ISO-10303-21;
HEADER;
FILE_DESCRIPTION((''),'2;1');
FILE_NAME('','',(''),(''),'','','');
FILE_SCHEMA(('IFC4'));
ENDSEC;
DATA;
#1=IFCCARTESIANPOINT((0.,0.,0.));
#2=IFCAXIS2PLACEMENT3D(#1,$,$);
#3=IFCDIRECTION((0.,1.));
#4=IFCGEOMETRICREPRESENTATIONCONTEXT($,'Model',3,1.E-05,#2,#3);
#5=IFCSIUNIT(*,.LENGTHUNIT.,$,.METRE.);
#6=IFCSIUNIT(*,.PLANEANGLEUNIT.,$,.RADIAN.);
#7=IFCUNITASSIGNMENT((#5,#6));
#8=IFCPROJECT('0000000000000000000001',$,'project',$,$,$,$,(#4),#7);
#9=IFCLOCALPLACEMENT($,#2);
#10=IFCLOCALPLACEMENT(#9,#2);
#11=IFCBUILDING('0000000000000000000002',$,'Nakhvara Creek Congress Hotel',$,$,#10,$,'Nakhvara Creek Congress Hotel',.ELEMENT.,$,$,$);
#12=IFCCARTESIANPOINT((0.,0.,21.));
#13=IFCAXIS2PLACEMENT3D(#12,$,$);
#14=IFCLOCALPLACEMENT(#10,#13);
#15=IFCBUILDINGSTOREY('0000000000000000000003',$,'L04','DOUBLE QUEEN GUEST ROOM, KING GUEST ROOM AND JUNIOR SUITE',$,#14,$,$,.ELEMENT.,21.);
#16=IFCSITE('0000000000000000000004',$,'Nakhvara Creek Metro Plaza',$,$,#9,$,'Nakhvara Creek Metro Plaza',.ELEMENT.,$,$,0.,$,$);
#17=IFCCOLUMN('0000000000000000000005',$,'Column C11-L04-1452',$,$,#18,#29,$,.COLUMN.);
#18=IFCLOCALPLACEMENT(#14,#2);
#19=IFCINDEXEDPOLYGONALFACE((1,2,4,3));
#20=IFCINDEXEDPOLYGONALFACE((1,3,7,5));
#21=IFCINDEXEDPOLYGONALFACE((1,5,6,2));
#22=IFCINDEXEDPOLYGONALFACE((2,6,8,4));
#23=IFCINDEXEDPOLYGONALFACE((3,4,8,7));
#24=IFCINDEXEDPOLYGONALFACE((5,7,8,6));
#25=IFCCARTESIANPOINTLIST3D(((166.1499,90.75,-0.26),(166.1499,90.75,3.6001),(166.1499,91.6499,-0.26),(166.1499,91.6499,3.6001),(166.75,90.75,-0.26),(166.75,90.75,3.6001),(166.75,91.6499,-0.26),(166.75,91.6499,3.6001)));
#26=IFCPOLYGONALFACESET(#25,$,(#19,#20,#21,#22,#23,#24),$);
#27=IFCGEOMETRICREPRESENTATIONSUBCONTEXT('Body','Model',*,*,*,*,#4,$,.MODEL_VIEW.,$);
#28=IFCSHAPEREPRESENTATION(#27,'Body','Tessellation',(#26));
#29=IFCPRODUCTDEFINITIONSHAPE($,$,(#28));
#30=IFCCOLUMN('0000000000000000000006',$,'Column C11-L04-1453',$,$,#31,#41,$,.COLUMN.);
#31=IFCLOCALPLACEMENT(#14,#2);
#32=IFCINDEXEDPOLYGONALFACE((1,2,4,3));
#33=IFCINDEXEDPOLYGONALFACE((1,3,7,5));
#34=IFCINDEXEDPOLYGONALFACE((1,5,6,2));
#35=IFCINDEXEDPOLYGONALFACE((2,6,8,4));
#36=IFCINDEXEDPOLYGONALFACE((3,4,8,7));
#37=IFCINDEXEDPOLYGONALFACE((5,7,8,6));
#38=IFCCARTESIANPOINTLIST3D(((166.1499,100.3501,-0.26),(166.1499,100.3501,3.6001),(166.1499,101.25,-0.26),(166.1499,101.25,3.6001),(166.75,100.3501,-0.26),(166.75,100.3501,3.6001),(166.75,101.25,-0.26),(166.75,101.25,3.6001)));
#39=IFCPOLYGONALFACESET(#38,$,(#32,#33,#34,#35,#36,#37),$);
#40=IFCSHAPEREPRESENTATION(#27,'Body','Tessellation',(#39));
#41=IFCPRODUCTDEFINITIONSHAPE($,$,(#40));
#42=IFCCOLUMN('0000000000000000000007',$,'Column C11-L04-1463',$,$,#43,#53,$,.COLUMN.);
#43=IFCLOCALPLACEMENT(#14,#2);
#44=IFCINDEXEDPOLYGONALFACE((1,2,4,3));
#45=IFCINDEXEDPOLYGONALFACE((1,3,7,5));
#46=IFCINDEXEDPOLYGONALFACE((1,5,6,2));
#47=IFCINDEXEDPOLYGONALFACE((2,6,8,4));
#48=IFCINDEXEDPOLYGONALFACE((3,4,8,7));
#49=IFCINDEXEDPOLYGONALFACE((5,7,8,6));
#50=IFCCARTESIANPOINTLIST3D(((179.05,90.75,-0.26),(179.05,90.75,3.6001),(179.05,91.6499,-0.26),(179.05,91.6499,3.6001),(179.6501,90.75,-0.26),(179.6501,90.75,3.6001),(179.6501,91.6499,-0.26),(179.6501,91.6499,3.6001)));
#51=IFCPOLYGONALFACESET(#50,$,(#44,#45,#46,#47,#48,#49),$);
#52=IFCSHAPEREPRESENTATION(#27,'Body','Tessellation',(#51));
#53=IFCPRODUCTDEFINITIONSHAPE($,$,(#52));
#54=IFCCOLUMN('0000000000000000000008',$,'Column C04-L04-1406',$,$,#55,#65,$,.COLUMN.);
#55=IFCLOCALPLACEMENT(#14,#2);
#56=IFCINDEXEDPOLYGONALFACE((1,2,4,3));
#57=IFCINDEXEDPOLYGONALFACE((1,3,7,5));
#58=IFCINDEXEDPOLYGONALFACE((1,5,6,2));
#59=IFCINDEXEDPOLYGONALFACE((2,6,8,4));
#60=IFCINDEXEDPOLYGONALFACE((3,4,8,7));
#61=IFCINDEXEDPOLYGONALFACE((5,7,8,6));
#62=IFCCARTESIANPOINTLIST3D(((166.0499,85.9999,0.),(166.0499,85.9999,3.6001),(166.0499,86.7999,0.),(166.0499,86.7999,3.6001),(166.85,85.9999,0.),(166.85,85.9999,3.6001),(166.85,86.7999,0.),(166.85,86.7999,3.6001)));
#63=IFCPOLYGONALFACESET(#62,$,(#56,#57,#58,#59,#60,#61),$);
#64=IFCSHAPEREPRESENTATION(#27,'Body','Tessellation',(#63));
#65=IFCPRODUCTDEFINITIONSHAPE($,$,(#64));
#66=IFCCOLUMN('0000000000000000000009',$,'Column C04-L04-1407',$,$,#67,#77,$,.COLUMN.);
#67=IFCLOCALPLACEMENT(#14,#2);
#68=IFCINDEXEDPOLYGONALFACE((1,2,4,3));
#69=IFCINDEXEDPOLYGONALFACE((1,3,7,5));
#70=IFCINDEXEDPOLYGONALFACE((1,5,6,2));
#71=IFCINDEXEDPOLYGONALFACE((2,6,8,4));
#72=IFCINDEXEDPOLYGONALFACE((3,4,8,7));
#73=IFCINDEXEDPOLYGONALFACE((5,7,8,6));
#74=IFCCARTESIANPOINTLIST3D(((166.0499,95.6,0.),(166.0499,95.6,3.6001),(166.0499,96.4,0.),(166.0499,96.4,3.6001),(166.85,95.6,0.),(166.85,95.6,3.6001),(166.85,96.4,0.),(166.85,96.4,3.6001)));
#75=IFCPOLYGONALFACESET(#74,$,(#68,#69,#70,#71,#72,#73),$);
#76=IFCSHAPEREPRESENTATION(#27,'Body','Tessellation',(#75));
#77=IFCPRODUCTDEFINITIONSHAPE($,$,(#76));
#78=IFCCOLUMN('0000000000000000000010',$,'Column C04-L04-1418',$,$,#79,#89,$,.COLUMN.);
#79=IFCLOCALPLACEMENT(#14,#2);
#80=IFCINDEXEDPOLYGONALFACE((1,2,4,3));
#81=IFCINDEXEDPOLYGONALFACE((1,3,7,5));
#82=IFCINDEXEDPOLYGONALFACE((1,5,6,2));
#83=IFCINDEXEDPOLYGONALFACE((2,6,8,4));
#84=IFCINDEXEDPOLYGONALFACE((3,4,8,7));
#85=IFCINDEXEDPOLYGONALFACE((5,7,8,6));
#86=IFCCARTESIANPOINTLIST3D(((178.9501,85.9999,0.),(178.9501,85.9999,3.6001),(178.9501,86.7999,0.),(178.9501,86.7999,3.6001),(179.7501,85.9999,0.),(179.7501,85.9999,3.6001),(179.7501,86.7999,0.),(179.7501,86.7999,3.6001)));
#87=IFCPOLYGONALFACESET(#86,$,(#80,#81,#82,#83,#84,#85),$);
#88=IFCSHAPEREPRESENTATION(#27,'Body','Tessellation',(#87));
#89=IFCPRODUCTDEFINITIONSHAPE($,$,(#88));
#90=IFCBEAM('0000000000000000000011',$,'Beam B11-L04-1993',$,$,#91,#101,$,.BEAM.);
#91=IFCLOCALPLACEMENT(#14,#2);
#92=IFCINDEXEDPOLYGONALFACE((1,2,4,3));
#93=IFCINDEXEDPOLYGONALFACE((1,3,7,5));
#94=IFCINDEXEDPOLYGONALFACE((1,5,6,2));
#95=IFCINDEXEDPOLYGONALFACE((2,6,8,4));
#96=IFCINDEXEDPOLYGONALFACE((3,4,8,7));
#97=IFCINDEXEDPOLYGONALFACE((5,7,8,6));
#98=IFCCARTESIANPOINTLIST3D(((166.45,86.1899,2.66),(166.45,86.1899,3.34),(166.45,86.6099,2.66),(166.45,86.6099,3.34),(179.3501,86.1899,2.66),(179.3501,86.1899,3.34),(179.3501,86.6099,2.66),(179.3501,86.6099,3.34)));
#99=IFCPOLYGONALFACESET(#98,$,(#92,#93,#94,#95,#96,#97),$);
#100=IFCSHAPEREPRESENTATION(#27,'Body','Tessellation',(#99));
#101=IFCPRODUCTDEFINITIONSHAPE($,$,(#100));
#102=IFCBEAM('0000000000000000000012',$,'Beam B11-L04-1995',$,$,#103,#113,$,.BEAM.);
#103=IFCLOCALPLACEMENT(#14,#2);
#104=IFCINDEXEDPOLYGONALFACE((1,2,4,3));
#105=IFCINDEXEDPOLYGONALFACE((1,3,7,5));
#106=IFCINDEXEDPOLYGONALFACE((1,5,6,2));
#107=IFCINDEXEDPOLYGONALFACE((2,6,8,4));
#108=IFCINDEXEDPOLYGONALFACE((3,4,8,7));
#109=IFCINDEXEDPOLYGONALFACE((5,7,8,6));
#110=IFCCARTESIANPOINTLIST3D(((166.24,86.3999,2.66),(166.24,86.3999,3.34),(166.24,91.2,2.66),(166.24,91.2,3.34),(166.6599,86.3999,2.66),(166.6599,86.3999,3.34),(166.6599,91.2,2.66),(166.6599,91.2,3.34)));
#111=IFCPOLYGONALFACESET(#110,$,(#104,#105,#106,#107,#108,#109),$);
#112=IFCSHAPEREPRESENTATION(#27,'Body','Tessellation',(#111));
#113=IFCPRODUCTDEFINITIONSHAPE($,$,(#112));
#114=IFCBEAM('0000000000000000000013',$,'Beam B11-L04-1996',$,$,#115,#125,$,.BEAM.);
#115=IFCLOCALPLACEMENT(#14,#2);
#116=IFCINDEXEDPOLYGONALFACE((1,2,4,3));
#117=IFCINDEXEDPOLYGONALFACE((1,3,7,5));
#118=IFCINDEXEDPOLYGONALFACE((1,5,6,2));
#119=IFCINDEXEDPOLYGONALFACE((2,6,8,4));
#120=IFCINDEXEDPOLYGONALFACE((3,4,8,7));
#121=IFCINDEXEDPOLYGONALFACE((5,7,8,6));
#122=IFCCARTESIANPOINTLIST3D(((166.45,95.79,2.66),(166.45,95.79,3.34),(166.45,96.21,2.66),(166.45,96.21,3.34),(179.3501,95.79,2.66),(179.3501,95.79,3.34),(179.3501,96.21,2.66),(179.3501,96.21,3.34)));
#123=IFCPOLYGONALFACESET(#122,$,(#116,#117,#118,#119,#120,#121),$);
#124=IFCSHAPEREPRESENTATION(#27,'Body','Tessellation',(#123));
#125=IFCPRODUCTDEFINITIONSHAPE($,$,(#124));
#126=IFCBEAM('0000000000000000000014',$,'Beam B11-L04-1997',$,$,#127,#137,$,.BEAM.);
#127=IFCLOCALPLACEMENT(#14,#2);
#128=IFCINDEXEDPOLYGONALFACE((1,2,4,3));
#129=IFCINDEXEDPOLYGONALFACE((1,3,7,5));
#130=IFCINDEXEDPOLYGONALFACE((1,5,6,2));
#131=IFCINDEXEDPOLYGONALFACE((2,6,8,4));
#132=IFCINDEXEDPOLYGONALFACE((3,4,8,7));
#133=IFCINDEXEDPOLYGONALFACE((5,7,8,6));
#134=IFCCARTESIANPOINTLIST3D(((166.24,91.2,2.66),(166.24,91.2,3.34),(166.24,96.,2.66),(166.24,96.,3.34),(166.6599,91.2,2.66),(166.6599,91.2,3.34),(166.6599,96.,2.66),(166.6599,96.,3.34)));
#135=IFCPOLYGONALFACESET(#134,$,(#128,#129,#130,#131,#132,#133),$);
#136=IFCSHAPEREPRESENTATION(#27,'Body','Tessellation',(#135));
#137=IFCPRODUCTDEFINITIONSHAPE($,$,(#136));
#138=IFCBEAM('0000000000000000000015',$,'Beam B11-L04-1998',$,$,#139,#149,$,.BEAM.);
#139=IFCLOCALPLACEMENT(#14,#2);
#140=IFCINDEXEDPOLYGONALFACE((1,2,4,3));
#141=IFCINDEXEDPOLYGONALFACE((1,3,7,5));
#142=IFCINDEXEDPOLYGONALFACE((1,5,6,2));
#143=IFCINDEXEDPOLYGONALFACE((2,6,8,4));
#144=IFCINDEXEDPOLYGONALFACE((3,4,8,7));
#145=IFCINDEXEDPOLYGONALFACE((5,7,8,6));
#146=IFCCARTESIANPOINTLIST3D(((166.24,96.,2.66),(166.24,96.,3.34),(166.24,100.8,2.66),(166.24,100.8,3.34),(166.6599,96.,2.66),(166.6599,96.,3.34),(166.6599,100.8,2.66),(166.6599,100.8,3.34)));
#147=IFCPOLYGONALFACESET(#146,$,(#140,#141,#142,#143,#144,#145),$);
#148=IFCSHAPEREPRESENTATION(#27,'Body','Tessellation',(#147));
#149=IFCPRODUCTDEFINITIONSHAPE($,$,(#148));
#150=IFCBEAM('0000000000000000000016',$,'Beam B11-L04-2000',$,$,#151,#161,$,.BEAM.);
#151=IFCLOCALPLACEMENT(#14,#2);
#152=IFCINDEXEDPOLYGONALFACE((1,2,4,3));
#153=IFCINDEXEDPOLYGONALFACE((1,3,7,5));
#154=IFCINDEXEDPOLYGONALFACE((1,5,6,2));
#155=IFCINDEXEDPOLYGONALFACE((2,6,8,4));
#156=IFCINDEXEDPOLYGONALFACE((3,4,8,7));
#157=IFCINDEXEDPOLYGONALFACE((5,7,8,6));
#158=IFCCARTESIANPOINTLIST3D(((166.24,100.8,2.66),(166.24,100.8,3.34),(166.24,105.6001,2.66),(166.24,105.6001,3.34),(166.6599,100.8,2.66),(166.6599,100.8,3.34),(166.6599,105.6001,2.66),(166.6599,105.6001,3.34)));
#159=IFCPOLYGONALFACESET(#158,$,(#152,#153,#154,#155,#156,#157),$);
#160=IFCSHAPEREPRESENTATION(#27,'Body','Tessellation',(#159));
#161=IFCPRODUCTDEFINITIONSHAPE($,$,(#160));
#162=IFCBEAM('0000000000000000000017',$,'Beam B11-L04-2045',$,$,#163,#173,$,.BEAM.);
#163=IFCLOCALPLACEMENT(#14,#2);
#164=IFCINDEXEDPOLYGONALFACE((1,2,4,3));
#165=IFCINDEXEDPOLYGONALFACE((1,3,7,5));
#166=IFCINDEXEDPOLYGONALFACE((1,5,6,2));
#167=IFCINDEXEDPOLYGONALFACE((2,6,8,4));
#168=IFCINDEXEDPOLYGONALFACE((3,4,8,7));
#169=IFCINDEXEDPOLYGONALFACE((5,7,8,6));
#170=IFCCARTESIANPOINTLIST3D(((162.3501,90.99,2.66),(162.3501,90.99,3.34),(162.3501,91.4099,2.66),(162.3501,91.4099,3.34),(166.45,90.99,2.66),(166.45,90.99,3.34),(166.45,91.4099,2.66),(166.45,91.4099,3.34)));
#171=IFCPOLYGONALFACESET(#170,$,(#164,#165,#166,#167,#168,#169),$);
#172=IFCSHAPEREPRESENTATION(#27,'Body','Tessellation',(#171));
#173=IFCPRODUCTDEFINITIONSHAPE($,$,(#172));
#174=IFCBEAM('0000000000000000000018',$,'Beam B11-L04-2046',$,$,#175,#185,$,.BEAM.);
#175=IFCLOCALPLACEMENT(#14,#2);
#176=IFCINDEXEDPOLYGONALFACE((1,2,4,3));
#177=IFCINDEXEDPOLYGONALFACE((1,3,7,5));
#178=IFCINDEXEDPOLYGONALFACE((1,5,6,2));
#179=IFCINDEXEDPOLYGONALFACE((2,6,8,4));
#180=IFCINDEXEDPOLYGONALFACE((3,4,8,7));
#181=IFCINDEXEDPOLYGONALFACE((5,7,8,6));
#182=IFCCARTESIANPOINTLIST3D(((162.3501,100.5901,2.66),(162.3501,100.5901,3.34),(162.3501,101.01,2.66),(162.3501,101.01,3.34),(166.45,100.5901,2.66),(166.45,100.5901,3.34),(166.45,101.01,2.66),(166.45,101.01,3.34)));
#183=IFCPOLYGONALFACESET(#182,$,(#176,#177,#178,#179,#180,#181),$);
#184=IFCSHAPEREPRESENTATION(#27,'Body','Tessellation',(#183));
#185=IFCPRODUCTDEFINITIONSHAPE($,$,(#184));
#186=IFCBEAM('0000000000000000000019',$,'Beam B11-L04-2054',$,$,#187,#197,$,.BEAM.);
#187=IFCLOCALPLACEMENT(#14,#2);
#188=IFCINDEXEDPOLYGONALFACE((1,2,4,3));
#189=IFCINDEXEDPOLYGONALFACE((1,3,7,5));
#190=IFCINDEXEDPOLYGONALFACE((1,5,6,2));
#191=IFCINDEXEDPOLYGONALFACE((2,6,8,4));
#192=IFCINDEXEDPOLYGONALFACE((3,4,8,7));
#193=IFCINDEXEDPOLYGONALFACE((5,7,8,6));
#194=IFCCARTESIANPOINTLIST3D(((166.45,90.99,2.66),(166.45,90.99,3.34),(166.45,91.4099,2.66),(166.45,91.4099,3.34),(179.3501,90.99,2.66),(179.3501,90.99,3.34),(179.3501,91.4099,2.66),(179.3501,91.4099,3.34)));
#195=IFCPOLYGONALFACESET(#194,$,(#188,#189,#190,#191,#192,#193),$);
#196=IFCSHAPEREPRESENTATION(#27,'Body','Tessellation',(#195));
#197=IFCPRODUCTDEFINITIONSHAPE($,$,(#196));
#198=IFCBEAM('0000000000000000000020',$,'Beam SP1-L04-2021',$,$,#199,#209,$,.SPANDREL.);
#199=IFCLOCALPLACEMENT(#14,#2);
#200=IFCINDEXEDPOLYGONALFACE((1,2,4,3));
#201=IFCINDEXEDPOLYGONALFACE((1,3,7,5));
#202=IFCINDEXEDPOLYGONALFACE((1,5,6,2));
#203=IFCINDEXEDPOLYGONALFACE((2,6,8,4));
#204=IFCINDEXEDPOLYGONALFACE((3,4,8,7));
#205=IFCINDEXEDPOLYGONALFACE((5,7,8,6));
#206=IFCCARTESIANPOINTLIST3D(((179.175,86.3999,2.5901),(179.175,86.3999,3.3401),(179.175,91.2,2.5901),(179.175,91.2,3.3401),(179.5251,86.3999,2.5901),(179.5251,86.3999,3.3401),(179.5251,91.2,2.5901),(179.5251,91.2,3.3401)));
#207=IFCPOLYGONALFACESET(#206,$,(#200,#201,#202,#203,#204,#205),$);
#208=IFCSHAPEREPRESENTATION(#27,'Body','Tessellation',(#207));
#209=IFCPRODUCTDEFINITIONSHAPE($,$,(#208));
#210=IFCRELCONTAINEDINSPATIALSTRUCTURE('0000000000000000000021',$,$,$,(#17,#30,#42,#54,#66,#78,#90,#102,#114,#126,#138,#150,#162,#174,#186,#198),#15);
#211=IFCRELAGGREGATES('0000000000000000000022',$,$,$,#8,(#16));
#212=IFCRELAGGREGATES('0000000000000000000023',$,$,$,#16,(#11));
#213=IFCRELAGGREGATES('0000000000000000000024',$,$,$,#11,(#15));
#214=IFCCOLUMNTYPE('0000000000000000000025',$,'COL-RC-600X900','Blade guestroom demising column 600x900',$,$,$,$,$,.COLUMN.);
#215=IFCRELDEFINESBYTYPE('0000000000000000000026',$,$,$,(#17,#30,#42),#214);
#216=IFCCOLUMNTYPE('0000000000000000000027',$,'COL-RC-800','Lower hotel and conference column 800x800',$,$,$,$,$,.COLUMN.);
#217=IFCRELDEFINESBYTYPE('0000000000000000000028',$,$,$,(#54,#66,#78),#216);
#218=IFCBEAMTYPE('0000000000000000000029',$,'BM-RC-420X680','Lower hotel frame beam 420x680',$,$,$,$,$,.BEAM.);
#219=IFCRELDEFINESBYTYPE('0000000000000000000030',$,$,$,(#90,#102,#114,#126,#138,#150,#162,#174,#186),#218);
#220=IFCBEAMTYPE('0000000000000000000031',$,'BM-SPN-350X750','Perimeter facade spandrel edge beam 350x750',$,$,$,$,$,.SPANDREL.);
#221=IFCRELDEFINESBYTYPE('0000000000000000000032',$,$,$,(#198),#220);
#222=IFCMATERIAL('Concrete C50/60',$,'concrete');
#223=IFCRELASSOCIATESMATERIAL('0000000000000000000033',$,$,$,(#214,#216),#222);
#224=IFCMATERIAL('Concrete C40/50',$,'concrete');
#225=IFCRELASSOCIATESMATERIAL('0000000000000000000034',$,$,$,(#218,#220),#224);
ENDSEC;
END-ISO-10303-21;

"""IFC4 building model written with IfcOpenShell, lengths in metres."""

from ifc_helpers import new_model, si_unit, direction, frame, origin, origin_2d, place, context, subcontext, project, spatial, rectangle, extrude, material, material_profile, profile_set, type_object, element, save


model = new_model("IFC4")

# Units and contexts
model_context = context("Model", 3, precision=1e-05, world=origin(), true_north=direction((0.0, 1.0)))
body_context = subcontext(model_context, "Body", "Model", "MODEL_VIEW")
ifc_project = project(units=[si_unit("LENGTHUNIT", "METRE"), si_unit("PLANEANGLEUNIT", "RADIAN")], contexts=[model_context])

# Site, building, storey
site_placement = place(None, origin())
site = spatial("IfcSite", under=ifc_project, at=site_placement, Name="Nakhvara Creek Metro Plaza", LongName="Nakhvara Creek Metro Plaza", CompositionType="ELEMENT", RefElevation=0.0)
building_placement = place(site_placement, origin())
building = spatial("IfcBuilding", under=site, at=building_placement, Name="Nakhvara Creek Congress Hotel", LongName="Nakhvara Creek Congress Hotel", CompositionType="ELEMENT")
storey_placement = place(building_placement, frame((0.0, 0.0, 21.0)))
storey = spatial("IfcBuildingStorey", under=building, at=storey_placement, Name="L04", Description="DOUBLE QUEEN GUEST ROOM, KING GUEST ROOM AND JUNIOR SUITE", CompositionType="ELEMENT", Elevation=21.0)

# Columns
ifc_material_1 = material(Name="Concrete C50/60", Category="concrete")
ifc_material_profile_1 = material_profile(ifc_material_1, rectangle(XDim=0.6001, YDim=0.8999, at=origin_2d()), Name="RC-COL 600x900", Category="LoadBearing")
ifc_profile_set_1 = profile_set([ifc_material_profile_1], Name="Concrete C50/60")
column_type_1 = type_object("IfcColumnType", Name="COL-RC-600X900", Description="Blade guestroom demising column 600x900", PredefinedType="COLUMN", material=ifc_profile_set_1)
for number, where, z_axis, x_axis, name in (
    (1, (166.45, 91.2, -0.26), (0.0, 0.0, 1.0), (1.0, 0.0, 0.0), "Column C11-L04-1452"),
    (2, (166.45, 100.8, -0.26), (0.0, 0.0, 1.0), (1.0, 0.0, 0.0), "Column C11-L04-1453"),
    (3, (179.3501, 91.2, -0.26), (0.0, 0.0, 1.0), (1.0, 0.0, 0.0), "Column C11-L04-1463"),
):
    element("IfcColumn", number, at=place(storey_placement, frame(where, z_axis=z_axis, x_axis=x_axis)), inside=storey, type_object=column_type_1, Name=name, PredefinedType="COLUMN", context=body_context, shape_type="SweptSolid", body=[
        extrude(rectangle(XDim=0.6001, YDim=0.8999, at=origin_2d()), origin(), (0.0, 0.0, 1.0), 3.8601),
    ])
ifc_material_profile_2 = material_profile(ifc_material_1, rectangle(XDim=0.8, YDim=0.8, at=origin_2d()), Name="RC-COL 800x800", Category="LoadBearing")
ifc_profile_set_2 = profile_set([ifc_material_profile_2], Name="Concrete C50/60")
column_type_2 = type_object("IfcColumnType", Name="COL-RC-800", Description="Lower hotel and conference column 800x800", PredefinedType="COLUMN", material=ifc_profile_set_2)
for number, where, z_axis, x_axis, name in (
    (4, (166.45, 86.3999, 0.0), (0.0, 0.0, 1.0), (1.0, 0.0, 0.0), "Column C04-L04-1406"),
    (5, (166.45, 96.0, 0.0), (0.0, 0.0, 1.0), (1.0, 0.0, 0.0), "Column C04-L04-1407"),
    (6, (179.3501, 86.3999, 0.0), (0.0, 0.0, 1.0), (1.0, 0.0, 0.0), "Column C04-L04-1418"),
):
    element("IfcColumn", number, at=place(storey_placement, frame(where, z_axis=z_axis, x_axis=x_axis)), inside=storey, type_object=column_type_2, Name=name, PredefinedType="COLUMN", context=body_context, shape_type="SweptSolid", body=[
        extrude(rectangle(XDim=0.8, YDim=0.8, at=origin_2d()), origin(), (0.0, 0.0, 1.0), 3.6001),
    ])

# Beams
ifc_material_2 = material(Name="Concrete C40/50", Category="concrete")
ifc_material_profile_3 = material_profile(ifc_material_2, rectangle(XDim=0.4199, YDim=0.6799, at=origin_2d()), Name="RC-BM 420x680", Category="LoadBearing")
ifc_profile_set_3 = profile_set([ifc_material_profile_3], Name="Concrete C40/50")
beam_type_1 = type_object("IfcBeamType", Name="BM-RC-420X680", Description="Lower hotel frame beam 420x680", PredefinedType="BEAM", material=ifc_profile_set_3)
beam_1_placement = place(storey_placement, frame((166.45, 86.3999, 3.0), z_axis=(1.0, 0.0, 0.0), x_axis=(0.0, 1.0, 0.0)))
element("IfcBeam", 7, at=beam_1_placement, inside=storey, type_object=beam_type_1, Name="Beam B11-L04-1993", PredefinedType="BEAM", context=body_context, shape_type="SweptSolid", body=[
    extrude(rectangle(XDim=0.4199, YDim=0.6799, at=origin_2d()), origin(), (0.0, 0.0, 1.0), 12.9001),
])
beam_2_placement = place(storey_placement, frame((166.45, 86.3999, 3.0), z_axis=(0.0, 1.0, 0.0), x_axis=(-1.0, 0.0, 0.0)))
element("IfcBeam", 8, at=beam_2_placement, inside=storey, type_object=beam_type_1, Name="Beam B11-L04-1995", PredefinedType="BEAM", context=body_context, shape_type="SweptSolid", body=[
    extrude(rectangle(XDim=0.4199, YDim=0.6799, at=origin_2d()), origin(), (0.0, 0.0, 1.0), 4.8),
])
beam_3_placement = place(storey_placement, frame((166.45, 96.0, 3.0), z_axis=(1.0, 0.0, 0.0), x_axis=(0.0, 1.0, 0.0)))
element("IfcBeam", 9, at=beam_3_placement, inside=storey, type_object=beam_type_1, Name="Beam B11-L04-1996", PredefinedType="BEAM", context=body_context, shape_type="SweptSolid", body=[
    extrude(rectangle(XDim=0.4199, YDim=0.6799, at=origin_2d()), origin(), (0.0, 0.0, 1.0), 12.9001),
])
for number, where, z_axis, x_axis, name in (
    (10, (166.45, 91.2, 3.0), (0.0, 1.0, 0.0), (-1.0, 0.0, 0.0), "Beam B11-L04-1997"),
    (11, (166.45, 96.0, 3.0), (0.0, 1.0, 0.0), (-1.0, 0.0, 0.0), "Beam B11-L04-1998"),
    (12, (166.45, 100.8, 3.0), (0.0, 1.0, 0.0), (-1.0, 0.0, 0.0), "Beam B11-L04-2000"),
):
    element("IfcBeam", number, at=place(storey_placement, frame(where, z_axis=z_axis, x_axis=x_axis)), inside=storey, type_object=beam_type_1, Name=name, PredefinedType="BEAM", context=body_context, shape_type="SweptSolid", body=[
        extrude(rectangle(XDim=0.4199, YDim=0.6799, at=origin_2d()), origin(), (0.0, 0.0, 1.0), 4.8),
    ])
for number, where, z_axis, x_axis, name in (
    (13, (162.3501, 91.2, 3.0), (1.0, 0.0, 0.0), (0.0, 1.0, 0.0), "Beam B11-L04-2045"),
    (14, (162.3501, 100.8, 3.0), (1.0, 0.0, 0.0), (0.0, 1.0, 0.0), "Beam B11-L04-2046"),
):
    element("IfcBeam", number, at=place(storey_placement, frame(where, z_axis=z_axis, x_axis=x_axis)), inside=storey, type_object=beam_type_1, Name=name, PredefinedType="BEAM", context=body_context, shape_type="SweptSolid", body=[
        extrude(rectangle(XDim=0.4199, YDim=0.6799, at=origin_2d()), origin(), (0.0, 0.0, 1.0), 4.0999),
    ])
beam_4_placement = place(storey_placement, frame((166.45, 91.2, 3.0), z_axis=(1.0, 0.0, 0.0), x_axis=(0.0, 1.0, 0.0)))
element("IfcBeam", 15, at=beam_4_placement, inside=storey, type_object=beam_type_1, Name="Beam B11-L04-2054", PredefinedType="BEAM", context=body_context, shape_type="SweptSolid", body=[
    extrude(rectangle(XDim=0.4199, YDim=0.6799, at=origin_2d()), origin(), (0.0, 0.0, 1.0), 12.9001),
])
ifc_material_profile_4 = material_profile(ifc_material_2, rectangle(XDim=0.3501, YDim=0.75, at=origin_2d()), Name="RC-SPANDREL 350x750", Category="LoadBearing")
ifc_profile_set_4 = profile_set([ifc_material_profile_4], Name="Concrete C40/50")
beam_type_2 = type_object("IfcBeamType", Name="BM-SPN-350X750", Description="Perimeter facade spandrel edge beam 350x750", PredefinedType="SPANDREL", material=ifc_profile_set_4)
beam_5_placement = place(storey_placement, frame((179.3501, 86.3999, 2.9651), z_axis=(0.0, 1.0, 0.0), x_axis=(-1.0, 0.0, 0.0)))
element("IfcBeam", 16, at=beam_5_placement, inside=storey, type_object=beam_type_2, Name="Beam SP1-L04-2021", PredefinedType="SPANDREL", context=body_context, shape_type="SweptSolid", body=[
    extrude(rectangle(XDim=0.3501, YDim=0.75, at=origin_2d()), origin(), (0.0, 0.0, 1.0), 4.8),
])

save(model, "model.ifc")
